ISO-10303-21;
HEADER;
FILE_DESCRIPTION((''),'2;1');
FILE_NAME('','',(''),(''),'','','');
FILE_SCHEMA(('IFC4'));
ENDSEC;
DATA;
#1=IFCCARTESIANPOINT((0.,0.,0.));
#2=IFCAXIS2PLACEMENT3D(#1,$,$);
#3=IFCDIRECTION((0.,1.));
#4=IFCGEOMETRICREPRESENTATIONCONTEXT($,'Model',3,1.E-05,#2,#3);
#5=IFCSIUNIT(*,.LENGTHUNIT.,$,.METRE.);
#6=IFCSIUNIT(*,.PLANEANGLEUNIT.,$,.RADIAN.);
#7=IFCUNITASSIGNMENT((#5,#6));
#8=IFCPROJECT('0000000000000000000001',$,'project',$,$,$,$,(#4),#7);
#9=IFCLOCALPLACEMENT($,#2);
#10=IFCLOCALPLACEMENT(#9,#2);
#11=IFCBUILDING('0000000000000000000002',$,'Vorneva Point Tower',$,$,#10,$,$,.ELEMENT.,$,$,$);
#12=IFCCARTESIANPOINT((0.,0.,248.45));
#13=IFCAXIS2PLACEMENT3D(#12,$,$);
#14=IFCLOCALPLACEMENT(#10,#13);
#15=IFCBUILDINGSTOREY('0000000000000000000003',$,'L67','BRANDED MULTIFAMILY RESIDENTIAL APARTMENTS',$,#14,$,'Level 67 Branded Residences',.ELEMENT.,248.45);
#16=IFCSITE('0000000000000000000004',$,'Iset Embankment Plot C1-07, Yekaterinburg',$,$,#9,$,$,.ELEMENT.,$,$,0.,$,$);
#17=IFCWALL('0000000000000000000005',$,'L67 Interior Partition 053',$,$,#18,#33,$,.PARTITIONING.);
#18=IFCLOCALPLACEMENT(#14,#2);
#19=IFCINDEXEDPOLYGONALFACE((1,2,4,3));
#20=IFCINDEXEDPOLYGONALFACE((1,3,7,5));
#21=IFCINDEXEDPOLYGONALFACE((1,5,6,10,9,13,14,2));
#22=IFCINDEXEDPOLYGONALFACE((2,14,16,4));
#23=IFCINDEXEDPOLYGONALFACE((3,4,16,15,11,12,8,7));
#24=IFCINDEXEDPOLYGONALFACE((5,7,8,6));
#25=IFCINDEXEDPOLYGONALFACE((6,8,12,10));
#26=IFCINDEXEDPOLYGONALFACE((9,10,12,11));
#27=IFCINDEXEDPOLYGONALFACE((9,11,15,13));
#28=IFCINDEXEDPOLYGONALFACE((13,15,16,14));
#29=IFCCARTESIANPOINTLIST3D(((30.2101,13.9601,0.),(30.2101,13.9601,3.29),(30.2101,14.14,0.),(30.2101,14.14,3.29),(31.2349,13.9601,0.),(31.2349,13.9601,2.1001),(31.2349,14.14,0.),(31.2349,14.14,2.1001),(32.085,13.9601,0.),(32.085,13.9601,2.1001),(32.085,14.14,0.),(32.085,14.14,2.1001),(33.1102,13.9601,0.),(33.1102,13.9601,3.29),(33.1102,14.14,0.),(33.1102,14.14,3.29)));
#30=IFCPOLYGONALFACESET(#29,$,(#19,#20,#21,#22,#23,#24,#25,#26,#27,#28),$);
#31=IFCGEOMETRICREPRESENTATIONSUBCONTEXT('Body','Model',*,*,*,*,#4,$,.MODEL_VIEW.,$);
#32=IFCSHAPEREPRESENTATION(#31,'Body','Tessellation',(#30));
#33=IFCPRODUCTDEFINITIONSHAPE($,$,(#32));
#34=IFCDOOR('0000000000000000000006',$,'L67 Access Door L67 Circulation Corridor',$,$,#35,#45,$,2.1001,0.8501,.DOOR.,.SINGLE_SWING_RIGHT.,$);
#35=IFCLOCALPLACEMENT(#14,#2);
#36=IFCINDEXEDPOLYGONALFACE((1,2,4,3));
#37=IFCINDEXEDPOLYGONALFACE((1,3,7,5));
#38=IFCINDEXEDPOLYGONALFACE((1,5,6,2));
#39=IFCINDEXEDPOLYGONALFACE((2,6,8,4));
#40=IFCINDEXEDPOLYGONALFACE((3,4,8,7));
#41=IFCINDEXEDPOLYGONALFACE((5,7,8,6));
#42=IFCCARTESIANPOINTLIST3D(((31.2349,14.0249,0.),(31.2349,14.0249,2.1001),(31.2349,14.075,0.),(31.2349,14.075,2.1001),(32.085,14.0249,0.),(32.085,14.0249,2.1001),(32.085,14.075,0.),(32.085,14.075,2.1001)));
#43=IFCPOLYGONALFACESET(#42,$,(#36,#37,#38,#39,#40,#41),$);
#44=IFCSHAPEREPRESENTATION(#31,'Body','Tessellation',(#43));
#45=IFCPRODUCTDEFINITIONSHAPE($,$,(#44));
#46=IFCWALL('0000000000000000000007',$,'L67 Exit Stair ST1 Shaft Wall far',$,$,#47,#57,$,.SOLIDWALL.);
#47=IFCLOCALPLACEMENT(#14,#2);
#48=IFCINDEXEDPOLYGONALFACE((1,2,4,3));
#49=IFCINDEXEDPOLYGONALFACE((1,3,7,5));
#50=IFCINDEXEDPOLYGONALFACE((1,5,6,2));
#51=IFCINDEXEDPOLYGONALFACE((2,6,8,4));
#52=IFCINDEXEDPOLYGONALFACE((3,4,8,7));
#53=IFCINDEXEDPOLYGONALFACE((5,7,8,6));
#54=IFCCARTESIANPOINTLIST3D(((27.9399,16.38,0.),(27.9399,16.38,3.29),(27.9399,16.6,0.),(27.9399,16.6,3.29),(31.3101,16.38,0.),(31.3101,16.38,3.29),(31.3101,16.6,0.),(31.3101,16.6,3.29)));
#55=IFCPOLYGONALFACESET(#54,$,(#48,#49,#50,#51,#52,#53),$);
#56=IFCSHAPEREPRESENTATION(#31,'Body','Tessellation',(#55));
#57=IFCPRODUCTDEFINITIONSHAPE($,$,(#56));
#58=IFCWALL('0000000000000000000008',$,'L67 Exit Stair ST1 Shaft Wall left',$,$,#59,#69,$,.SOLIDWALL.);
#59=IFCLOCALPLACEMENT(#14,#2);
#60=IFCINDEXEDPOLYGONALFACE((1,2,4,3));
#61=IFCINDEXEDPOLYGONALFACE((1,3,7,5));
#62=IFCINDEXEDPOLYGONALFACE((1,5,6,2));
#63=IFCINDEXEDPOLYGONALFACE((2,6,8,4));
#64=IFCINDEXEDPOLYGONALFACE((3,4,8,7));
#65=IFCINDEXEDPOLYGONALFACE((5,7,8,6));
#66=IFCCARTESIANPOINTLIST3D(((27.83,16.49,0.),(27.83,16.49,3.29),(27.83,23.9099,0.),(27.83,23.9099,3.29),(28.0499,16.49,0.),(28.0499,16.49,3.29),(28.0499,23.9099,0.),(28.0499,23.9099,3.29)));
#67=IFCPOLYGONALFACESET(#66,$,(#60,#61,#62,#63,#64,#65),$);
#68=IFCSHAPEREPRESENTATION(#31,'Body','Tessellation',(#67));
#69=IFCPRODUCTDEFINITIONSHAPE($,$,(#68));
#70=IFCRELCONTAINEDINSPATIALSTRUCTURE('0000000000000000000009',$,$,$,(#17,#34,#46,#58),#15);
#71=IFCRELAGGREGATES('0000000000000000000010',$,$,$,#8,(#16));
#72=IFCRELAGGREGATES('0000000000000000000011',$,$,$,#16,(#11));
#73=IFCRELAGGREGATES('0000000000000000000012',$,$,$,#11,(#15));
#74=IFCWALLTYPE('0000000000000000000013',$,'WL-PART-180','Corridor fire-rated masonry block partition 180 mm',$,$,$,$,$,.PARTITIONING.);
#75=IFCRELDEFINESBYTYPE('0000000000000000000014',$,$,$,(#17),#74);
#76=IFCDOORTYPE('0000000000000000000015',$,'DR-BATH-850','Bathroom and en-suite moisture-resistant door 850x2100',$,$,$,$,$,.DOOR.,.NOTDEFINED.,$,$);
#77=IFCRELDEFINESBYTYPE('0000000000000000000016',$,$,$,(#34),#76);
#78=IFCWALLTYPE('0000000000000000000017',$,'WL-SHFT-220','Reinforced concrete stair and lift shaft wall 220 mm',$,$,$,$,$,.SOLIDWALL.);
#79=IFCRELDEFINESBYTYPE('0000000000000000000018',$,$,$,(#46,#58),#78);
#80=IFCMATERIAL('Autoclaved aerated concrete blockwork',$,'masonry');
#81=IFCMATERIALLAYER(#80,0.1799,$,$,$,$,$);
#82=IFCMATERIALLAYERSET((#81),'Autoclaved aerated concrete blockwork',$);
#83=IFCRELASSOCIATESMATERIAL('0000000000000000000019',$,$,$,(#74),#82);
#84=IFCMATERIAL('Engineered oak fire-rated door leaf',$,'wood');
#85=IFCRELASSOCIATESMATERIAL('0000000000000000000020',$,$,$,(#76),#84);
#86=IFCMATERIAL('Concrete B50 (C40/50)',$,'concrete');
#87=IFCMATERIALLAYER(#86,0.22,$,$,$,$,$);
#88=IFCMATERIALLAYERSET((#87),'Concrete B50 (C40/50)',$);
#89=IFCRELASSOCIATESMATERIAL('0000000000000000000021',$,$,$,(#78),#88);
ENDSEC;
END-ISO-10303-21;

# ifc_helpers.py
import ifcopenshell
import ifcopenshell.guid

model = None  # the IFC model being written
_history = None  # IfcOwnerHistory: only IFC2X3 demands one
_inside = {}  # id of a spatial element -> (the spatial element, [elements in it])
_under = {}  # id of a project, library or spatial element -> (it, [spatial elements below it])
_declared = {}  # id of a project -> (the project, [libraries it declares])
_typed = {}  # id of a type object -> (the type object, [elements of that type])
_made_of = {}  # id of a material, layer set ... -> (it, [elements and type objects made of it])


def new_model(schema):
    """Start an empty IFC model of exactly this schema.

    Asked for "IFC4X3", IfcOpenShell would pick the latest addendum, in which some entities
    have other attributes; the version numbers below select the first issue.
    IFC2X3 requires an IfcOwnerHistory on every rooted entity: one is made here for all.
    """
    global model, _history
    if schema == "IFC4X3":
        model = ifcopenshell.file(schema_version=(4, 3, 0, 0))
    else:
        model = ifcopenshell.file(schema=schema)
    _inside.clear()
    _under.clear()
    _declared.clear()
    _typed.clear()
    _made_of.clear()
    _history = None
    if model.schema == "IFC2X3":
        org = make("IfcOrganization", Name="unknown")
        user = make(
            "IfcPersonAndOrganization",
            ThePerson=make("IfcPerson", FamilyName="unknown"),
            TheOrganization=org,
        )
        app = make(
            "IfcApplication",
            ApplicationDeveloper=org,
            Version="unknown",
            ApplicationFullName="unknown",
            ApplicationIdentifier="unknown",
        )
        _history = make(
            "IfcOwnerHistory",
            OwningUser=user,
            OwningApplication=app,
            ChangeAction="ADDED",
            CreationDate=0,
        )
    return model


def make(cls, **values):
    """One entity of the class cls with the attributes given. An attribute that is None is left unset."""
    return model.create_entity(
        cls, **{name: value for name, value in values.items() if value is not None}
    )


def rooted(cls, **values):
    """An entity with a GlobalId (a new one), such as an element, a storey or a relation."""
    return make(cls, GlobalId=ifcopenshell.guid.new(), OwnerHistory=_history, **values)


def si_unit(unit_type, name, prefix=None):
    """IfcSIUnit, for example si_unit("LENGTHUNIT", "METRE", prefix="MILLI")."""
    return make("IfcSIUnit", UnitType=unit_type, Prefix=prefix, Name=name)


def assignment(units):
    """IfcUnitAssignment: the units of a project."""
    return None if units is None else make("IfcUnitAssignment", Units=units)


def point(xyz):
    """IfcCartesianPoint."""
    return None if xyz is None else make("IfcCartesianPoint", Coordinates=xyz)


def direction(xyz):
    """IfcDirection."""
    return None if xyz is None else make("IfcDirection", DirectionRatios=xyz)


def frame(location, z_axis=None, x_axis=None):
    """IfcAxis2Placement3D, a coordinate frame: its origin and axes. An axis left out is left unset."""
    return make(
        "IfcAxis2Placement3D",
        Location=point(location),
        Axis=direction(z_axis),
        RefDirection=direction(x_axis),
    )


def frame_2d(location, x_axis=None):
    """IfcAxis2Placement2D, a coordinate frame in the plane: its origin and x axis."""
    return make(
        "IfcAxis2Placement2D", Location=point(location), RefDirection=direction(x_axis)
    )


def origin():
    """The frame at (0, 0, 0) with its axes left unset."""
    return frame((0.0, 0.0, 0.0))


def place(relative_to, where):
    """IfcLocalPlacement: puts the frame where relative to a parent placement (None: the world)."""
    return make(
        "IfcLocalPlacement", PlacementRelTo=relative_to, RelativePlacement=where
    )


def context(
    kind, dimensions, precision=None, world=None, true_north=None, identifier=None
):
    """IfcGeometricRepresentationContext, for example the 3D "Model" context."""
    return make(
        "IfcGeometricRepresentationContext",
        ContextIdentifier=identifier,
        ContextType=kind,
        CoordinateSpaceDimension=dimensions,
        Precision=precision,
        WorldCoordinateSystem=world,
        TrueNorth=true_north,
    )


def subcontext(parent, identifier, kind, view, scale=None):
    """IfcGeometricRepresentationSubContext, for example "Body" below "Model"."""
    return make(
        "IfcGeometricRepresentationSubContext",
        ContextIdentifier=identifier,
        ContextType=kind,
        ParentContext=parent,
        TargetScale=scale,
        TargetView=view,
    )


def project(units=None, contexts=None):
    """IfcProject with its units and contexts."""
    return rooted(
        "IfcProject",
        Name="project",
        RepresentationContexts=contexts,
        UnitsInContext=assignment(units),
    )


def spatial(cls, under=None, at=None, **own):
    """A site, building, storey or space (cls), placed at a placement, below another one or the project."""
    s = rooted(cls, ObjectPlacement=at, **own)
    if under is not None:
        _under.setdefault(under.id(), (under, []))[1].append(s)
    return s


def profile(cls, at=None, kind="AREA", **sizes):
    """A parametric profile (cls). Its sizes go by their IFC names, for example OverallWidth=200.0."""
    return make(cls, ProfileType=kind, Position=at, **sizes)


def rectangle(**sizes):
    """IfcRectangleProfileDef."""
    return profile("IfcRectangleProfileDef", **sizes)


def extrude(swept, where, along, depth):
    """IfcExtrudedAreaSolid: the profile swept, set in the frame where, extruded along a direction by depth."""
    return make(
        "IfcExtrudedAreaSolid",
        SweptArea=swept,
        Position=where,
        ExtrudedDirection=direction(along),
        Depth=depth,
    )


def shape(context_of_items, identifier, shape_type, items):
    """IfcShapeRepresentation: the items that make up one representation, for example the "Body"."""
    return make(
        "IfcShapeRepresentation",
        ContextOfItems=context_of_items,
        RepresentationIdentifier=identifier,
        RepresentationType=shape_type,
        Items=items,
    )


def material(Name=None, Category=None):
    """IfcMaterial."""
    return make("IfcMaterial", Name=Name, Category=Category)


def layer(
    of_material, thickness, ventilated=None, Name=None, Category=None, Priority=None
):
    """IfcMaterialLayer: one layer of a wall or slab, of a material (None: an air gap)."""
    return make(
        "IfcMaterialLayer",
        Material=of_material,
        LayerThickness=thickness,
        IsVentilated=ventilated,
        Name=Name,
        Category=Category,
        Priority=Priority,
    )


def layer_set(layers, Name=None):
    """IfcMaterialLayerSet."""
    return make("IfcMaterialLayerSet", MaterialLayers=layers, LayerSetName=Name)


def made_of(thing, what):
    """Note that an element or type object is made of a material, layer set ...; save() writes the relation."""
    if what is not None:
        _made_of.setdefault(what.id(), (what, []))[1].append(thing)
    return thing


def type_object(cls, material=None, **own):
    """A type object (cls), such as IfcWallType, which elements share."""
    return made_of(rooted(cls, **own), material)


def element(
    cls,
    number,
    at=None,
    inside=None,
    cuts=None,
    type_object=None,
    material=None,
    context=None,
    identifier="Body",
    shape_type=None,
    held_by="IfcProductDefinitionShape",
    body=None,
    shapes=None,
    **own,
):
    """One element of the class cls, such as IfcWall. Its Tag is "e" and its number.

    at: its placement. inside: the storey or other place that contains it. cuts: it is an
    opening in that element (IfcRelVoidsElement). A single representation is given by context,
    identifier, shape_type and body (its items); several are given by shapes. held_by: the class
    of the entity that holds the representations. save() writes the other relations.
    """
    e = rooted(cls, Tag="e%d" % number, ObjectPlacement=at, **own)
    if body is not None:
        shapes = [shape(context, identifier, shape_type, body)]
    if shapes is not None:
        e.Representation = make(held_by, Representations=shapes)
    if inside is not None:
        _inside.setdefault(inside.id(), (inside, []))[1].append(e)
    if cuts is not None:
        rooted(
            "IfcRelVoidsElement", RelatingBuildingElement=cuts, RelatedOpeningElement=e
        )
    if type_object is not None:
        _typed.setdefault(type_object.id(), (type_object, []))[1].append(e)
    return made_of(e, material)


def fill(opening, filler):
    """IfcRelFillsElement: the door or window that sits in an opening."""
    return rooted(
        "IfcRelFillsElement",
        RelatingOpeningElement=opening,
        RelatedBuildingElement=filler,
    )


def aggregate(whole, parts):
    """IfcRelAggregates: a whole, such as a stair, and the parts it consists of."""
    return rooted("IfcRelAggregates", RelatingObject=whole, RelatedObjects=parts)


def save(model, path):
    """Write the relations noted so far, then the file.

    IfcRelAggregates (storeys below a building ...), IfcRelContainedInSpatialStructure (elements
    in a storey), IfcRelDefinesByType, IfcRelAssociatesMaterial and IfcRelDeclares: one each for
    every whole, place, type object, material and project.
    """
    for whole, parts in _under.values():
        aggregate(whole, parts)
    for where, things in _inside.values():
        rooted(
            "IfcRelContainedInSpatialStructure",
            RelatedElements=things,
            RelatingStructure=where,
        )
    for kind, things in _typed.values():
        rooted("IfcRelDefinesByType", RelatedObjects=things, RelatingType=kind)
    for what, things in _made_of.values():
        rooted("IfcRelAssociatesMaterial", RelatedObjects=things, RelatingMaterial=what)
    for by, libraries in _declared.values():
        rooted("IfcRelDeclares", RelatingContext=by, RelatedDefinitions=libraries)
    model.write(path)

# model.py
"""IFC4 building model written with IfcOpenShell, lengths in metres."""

from ifc_helpers import new_model, si_unit, direction, frame, frame_2d, origin, place, context, subcontext, project, spatial, rectangle, extrude, material, layer, layer_set, type_object, element, fill, save


model = new_model("IFC4")

# Units and contexts
model_context = context("Model", 3, precision=1e-05, world=origin(), true_north=direction((0.0, 1.0)))
body_context = subcontext(model_context, "Body", "Model", "MODEL_VIEW")
ifc_project = project(units=[si_unit("LENGTHUNIT", "METRE"), si_unit("PLANEANGLEUNIT", "RADIAN")], contexts=[model_context])

# Site, building, storey
site_placement = place(None, origin())
site = spatial("IfcSite", under=ifc_project, at=site_placement, Name="Iset Embankment Plot C1-07, Yekaterinburg", CompositionType="ELEMENT", RefElevation=0.0)
building_placement = place(site_placement, origin())
building = spatial("IfcBuilding", under=site, at=building_placement, Name="Vorneva Point Tower", CompositionType="ELEMENT")
storey_placement = place(building_placement, frame((0.0, 0.0, 248.45)))
storey = spatial("IfcBuildingStorey", under=building, at=storey_placement, Name="L67", Description="BRANDED MULTIFAMILY RESIDENTIAL APARTMENTS", LongName="Level 67 Branded Residences", CompositionType="ELEMENT", Elevation=248.45)

# Shared definitions
ifc_material_1 = material(Name="Concrete B50 (C40/50)", Category="concrete")

# Shared definitions
ifc_material_2 = material(Name="Autoclaved aerated concrete blockwork", Category="masonry")
ifc_layer_1 = layer(ifc_material_2, 0.1799)
ifc_layer_set_1 = layer_set([ifc_layer_1], Name="Autoclaved aerated concrete blockwork")
wall_type_1 = type_object("IfcWallType", Name="WL-PART-180", Description="Corridor fire-rated masonry block partition 180 mm", PredefinedType="PARTITIONING", material=ifc_layer_set_1)
ifc_material_3 = material(Name="Engineered oak fire-rated door leaf", Category="wood")
door_type_1 = type_object("IfcDoorType", Name="DR-BATH-850", Description="Bathroom and en-suite moisture-resistant door 850x2100", OperationType="NOTDEFINED", PredefinedType="DOOR", material=ifc_material_3)

# Wall, opening, door
wall_1_placement = place(storey_placement, frame((30.21, 14.05, 0.0), z_axis=(0.0, 0.0, 1.0), x_axis=(1.0, 0.0, 0.0)))
wall_1 = element("IfcWall", 1, at=wall_1_placement, inside=storey, type_object=wall_type_1, Name="L67 Interior Partition 053", PredefinedType="PARTITIONING", context=body_context, shape_type="SweptSolid", body=[
    extrude(rectangle(XDim=2.9001, YDim=0.1799, at=frame_2d((1.4502, 0.0))), origin(), (0.0, 0.0, 1.0), 3.29),
])
opening_1_placement = place(wall_1_placement, frame((1.0249, 0.0, 0.0)))
opening_1 = element("IfcOpeningElement", 2, at=opening_1_placement, cuts=wall_1, PredefinedType="OPENING", context=body_context, shape_type="SweptSolid", body=[
    extrude(rectangle(XDim=0.8501, YDim=2.1001, at=frame_2d((0.425, 1.05))), frame((0.0, 0.105, 0.0), z_axis=(0.0, -1.0, 0.0), x_axis=(1.0, 0.0, 0.0)), (0.0, 0.0, 1.0), 0.2097),
])
door_1_placement = place(opening_1_placement, origin())
door_1 = element("IfcDoor", 3, at=door_1_placement, inside=storey, type_object=door_type_1, Name="L67 Access Door L67 Circulation Corridor", OperationType="SINGLE_SWING_RIGHT", OverallHeight=2.1001, OverallWidth=0.8501, PredefinedType="DOOR", context=body_context, shape_type="SweptSolid", body=[
    extrude(rectangle(XDim=0.8501, YDim=2.1001, at=frame_2d((0.425, 1.05))), frame((0.0, 0.0249, 0.0), z_axis=(0.0, -1.0, 0.0), x_axis=(1.0, 0.0, 0.0)), (0.0, 0.0, 1.0), 0.05),
])
fill(opening_1, door_1)

# Walls
ifc_layer_2 = layer(ifc_material_1, 0.22)
ifc_layer_set_2 = layer_set([ifc_layer_2], Name="Concrete B50 (C40/50)")
wall_type_2 = type_object("IfcWallType", Name="WL-SHFT-220", Description="Reinforced concrete stair and lift shaft wall 220 mm", PredefinedType="SOLIDWALL", material=ifc_layer_set_2)
wall_2_placement = place(storey_placement, frame((31.3101, 16.49, 0.0), z_axis=(0.0, 0.0, 1.0), x_axis=(-1.0, 0.0, 0.0)))
element("IfcWall", 4, at=wall_2_placement, inside=storey, type_object=wall_type_2, Name="L67 Exit Stair ST1 Shaft Wall far", PredefinedType="SOLIDWALL", context=body_context, shape_type="SweptSolid", body=[
    extrude(rectangle(XDim=3.3701, YDim=0.22, at=frame_2d((1.6851, 0.0))), origin(), (0.0, 0.0, 1.0), 3.29),
])
wall_3_placement = place(storey_placement, frame((27.9399, 16.49, 0.0), z_axis=(0.0, 0.0, 1.0), x_axis=(0.0, 1.0, 0.0)))
element("IfcWall", 5, at=wall_3_placement, inside=storey, type_object=wall_type_2, Name="L67 Exit Stair ST1 Shaft Wall left", PredefinedType="SOLIDWALL", context=body_context, shape_type="SweptSolid", body=[
    extrude(rectangle(XDim=7.4199, YDim=0.22, at=frame_2d((3.71, 0.0))), origin(), (0.0, 0.0, 1.0), 3.29),
])

save(model, "model.ifc")
